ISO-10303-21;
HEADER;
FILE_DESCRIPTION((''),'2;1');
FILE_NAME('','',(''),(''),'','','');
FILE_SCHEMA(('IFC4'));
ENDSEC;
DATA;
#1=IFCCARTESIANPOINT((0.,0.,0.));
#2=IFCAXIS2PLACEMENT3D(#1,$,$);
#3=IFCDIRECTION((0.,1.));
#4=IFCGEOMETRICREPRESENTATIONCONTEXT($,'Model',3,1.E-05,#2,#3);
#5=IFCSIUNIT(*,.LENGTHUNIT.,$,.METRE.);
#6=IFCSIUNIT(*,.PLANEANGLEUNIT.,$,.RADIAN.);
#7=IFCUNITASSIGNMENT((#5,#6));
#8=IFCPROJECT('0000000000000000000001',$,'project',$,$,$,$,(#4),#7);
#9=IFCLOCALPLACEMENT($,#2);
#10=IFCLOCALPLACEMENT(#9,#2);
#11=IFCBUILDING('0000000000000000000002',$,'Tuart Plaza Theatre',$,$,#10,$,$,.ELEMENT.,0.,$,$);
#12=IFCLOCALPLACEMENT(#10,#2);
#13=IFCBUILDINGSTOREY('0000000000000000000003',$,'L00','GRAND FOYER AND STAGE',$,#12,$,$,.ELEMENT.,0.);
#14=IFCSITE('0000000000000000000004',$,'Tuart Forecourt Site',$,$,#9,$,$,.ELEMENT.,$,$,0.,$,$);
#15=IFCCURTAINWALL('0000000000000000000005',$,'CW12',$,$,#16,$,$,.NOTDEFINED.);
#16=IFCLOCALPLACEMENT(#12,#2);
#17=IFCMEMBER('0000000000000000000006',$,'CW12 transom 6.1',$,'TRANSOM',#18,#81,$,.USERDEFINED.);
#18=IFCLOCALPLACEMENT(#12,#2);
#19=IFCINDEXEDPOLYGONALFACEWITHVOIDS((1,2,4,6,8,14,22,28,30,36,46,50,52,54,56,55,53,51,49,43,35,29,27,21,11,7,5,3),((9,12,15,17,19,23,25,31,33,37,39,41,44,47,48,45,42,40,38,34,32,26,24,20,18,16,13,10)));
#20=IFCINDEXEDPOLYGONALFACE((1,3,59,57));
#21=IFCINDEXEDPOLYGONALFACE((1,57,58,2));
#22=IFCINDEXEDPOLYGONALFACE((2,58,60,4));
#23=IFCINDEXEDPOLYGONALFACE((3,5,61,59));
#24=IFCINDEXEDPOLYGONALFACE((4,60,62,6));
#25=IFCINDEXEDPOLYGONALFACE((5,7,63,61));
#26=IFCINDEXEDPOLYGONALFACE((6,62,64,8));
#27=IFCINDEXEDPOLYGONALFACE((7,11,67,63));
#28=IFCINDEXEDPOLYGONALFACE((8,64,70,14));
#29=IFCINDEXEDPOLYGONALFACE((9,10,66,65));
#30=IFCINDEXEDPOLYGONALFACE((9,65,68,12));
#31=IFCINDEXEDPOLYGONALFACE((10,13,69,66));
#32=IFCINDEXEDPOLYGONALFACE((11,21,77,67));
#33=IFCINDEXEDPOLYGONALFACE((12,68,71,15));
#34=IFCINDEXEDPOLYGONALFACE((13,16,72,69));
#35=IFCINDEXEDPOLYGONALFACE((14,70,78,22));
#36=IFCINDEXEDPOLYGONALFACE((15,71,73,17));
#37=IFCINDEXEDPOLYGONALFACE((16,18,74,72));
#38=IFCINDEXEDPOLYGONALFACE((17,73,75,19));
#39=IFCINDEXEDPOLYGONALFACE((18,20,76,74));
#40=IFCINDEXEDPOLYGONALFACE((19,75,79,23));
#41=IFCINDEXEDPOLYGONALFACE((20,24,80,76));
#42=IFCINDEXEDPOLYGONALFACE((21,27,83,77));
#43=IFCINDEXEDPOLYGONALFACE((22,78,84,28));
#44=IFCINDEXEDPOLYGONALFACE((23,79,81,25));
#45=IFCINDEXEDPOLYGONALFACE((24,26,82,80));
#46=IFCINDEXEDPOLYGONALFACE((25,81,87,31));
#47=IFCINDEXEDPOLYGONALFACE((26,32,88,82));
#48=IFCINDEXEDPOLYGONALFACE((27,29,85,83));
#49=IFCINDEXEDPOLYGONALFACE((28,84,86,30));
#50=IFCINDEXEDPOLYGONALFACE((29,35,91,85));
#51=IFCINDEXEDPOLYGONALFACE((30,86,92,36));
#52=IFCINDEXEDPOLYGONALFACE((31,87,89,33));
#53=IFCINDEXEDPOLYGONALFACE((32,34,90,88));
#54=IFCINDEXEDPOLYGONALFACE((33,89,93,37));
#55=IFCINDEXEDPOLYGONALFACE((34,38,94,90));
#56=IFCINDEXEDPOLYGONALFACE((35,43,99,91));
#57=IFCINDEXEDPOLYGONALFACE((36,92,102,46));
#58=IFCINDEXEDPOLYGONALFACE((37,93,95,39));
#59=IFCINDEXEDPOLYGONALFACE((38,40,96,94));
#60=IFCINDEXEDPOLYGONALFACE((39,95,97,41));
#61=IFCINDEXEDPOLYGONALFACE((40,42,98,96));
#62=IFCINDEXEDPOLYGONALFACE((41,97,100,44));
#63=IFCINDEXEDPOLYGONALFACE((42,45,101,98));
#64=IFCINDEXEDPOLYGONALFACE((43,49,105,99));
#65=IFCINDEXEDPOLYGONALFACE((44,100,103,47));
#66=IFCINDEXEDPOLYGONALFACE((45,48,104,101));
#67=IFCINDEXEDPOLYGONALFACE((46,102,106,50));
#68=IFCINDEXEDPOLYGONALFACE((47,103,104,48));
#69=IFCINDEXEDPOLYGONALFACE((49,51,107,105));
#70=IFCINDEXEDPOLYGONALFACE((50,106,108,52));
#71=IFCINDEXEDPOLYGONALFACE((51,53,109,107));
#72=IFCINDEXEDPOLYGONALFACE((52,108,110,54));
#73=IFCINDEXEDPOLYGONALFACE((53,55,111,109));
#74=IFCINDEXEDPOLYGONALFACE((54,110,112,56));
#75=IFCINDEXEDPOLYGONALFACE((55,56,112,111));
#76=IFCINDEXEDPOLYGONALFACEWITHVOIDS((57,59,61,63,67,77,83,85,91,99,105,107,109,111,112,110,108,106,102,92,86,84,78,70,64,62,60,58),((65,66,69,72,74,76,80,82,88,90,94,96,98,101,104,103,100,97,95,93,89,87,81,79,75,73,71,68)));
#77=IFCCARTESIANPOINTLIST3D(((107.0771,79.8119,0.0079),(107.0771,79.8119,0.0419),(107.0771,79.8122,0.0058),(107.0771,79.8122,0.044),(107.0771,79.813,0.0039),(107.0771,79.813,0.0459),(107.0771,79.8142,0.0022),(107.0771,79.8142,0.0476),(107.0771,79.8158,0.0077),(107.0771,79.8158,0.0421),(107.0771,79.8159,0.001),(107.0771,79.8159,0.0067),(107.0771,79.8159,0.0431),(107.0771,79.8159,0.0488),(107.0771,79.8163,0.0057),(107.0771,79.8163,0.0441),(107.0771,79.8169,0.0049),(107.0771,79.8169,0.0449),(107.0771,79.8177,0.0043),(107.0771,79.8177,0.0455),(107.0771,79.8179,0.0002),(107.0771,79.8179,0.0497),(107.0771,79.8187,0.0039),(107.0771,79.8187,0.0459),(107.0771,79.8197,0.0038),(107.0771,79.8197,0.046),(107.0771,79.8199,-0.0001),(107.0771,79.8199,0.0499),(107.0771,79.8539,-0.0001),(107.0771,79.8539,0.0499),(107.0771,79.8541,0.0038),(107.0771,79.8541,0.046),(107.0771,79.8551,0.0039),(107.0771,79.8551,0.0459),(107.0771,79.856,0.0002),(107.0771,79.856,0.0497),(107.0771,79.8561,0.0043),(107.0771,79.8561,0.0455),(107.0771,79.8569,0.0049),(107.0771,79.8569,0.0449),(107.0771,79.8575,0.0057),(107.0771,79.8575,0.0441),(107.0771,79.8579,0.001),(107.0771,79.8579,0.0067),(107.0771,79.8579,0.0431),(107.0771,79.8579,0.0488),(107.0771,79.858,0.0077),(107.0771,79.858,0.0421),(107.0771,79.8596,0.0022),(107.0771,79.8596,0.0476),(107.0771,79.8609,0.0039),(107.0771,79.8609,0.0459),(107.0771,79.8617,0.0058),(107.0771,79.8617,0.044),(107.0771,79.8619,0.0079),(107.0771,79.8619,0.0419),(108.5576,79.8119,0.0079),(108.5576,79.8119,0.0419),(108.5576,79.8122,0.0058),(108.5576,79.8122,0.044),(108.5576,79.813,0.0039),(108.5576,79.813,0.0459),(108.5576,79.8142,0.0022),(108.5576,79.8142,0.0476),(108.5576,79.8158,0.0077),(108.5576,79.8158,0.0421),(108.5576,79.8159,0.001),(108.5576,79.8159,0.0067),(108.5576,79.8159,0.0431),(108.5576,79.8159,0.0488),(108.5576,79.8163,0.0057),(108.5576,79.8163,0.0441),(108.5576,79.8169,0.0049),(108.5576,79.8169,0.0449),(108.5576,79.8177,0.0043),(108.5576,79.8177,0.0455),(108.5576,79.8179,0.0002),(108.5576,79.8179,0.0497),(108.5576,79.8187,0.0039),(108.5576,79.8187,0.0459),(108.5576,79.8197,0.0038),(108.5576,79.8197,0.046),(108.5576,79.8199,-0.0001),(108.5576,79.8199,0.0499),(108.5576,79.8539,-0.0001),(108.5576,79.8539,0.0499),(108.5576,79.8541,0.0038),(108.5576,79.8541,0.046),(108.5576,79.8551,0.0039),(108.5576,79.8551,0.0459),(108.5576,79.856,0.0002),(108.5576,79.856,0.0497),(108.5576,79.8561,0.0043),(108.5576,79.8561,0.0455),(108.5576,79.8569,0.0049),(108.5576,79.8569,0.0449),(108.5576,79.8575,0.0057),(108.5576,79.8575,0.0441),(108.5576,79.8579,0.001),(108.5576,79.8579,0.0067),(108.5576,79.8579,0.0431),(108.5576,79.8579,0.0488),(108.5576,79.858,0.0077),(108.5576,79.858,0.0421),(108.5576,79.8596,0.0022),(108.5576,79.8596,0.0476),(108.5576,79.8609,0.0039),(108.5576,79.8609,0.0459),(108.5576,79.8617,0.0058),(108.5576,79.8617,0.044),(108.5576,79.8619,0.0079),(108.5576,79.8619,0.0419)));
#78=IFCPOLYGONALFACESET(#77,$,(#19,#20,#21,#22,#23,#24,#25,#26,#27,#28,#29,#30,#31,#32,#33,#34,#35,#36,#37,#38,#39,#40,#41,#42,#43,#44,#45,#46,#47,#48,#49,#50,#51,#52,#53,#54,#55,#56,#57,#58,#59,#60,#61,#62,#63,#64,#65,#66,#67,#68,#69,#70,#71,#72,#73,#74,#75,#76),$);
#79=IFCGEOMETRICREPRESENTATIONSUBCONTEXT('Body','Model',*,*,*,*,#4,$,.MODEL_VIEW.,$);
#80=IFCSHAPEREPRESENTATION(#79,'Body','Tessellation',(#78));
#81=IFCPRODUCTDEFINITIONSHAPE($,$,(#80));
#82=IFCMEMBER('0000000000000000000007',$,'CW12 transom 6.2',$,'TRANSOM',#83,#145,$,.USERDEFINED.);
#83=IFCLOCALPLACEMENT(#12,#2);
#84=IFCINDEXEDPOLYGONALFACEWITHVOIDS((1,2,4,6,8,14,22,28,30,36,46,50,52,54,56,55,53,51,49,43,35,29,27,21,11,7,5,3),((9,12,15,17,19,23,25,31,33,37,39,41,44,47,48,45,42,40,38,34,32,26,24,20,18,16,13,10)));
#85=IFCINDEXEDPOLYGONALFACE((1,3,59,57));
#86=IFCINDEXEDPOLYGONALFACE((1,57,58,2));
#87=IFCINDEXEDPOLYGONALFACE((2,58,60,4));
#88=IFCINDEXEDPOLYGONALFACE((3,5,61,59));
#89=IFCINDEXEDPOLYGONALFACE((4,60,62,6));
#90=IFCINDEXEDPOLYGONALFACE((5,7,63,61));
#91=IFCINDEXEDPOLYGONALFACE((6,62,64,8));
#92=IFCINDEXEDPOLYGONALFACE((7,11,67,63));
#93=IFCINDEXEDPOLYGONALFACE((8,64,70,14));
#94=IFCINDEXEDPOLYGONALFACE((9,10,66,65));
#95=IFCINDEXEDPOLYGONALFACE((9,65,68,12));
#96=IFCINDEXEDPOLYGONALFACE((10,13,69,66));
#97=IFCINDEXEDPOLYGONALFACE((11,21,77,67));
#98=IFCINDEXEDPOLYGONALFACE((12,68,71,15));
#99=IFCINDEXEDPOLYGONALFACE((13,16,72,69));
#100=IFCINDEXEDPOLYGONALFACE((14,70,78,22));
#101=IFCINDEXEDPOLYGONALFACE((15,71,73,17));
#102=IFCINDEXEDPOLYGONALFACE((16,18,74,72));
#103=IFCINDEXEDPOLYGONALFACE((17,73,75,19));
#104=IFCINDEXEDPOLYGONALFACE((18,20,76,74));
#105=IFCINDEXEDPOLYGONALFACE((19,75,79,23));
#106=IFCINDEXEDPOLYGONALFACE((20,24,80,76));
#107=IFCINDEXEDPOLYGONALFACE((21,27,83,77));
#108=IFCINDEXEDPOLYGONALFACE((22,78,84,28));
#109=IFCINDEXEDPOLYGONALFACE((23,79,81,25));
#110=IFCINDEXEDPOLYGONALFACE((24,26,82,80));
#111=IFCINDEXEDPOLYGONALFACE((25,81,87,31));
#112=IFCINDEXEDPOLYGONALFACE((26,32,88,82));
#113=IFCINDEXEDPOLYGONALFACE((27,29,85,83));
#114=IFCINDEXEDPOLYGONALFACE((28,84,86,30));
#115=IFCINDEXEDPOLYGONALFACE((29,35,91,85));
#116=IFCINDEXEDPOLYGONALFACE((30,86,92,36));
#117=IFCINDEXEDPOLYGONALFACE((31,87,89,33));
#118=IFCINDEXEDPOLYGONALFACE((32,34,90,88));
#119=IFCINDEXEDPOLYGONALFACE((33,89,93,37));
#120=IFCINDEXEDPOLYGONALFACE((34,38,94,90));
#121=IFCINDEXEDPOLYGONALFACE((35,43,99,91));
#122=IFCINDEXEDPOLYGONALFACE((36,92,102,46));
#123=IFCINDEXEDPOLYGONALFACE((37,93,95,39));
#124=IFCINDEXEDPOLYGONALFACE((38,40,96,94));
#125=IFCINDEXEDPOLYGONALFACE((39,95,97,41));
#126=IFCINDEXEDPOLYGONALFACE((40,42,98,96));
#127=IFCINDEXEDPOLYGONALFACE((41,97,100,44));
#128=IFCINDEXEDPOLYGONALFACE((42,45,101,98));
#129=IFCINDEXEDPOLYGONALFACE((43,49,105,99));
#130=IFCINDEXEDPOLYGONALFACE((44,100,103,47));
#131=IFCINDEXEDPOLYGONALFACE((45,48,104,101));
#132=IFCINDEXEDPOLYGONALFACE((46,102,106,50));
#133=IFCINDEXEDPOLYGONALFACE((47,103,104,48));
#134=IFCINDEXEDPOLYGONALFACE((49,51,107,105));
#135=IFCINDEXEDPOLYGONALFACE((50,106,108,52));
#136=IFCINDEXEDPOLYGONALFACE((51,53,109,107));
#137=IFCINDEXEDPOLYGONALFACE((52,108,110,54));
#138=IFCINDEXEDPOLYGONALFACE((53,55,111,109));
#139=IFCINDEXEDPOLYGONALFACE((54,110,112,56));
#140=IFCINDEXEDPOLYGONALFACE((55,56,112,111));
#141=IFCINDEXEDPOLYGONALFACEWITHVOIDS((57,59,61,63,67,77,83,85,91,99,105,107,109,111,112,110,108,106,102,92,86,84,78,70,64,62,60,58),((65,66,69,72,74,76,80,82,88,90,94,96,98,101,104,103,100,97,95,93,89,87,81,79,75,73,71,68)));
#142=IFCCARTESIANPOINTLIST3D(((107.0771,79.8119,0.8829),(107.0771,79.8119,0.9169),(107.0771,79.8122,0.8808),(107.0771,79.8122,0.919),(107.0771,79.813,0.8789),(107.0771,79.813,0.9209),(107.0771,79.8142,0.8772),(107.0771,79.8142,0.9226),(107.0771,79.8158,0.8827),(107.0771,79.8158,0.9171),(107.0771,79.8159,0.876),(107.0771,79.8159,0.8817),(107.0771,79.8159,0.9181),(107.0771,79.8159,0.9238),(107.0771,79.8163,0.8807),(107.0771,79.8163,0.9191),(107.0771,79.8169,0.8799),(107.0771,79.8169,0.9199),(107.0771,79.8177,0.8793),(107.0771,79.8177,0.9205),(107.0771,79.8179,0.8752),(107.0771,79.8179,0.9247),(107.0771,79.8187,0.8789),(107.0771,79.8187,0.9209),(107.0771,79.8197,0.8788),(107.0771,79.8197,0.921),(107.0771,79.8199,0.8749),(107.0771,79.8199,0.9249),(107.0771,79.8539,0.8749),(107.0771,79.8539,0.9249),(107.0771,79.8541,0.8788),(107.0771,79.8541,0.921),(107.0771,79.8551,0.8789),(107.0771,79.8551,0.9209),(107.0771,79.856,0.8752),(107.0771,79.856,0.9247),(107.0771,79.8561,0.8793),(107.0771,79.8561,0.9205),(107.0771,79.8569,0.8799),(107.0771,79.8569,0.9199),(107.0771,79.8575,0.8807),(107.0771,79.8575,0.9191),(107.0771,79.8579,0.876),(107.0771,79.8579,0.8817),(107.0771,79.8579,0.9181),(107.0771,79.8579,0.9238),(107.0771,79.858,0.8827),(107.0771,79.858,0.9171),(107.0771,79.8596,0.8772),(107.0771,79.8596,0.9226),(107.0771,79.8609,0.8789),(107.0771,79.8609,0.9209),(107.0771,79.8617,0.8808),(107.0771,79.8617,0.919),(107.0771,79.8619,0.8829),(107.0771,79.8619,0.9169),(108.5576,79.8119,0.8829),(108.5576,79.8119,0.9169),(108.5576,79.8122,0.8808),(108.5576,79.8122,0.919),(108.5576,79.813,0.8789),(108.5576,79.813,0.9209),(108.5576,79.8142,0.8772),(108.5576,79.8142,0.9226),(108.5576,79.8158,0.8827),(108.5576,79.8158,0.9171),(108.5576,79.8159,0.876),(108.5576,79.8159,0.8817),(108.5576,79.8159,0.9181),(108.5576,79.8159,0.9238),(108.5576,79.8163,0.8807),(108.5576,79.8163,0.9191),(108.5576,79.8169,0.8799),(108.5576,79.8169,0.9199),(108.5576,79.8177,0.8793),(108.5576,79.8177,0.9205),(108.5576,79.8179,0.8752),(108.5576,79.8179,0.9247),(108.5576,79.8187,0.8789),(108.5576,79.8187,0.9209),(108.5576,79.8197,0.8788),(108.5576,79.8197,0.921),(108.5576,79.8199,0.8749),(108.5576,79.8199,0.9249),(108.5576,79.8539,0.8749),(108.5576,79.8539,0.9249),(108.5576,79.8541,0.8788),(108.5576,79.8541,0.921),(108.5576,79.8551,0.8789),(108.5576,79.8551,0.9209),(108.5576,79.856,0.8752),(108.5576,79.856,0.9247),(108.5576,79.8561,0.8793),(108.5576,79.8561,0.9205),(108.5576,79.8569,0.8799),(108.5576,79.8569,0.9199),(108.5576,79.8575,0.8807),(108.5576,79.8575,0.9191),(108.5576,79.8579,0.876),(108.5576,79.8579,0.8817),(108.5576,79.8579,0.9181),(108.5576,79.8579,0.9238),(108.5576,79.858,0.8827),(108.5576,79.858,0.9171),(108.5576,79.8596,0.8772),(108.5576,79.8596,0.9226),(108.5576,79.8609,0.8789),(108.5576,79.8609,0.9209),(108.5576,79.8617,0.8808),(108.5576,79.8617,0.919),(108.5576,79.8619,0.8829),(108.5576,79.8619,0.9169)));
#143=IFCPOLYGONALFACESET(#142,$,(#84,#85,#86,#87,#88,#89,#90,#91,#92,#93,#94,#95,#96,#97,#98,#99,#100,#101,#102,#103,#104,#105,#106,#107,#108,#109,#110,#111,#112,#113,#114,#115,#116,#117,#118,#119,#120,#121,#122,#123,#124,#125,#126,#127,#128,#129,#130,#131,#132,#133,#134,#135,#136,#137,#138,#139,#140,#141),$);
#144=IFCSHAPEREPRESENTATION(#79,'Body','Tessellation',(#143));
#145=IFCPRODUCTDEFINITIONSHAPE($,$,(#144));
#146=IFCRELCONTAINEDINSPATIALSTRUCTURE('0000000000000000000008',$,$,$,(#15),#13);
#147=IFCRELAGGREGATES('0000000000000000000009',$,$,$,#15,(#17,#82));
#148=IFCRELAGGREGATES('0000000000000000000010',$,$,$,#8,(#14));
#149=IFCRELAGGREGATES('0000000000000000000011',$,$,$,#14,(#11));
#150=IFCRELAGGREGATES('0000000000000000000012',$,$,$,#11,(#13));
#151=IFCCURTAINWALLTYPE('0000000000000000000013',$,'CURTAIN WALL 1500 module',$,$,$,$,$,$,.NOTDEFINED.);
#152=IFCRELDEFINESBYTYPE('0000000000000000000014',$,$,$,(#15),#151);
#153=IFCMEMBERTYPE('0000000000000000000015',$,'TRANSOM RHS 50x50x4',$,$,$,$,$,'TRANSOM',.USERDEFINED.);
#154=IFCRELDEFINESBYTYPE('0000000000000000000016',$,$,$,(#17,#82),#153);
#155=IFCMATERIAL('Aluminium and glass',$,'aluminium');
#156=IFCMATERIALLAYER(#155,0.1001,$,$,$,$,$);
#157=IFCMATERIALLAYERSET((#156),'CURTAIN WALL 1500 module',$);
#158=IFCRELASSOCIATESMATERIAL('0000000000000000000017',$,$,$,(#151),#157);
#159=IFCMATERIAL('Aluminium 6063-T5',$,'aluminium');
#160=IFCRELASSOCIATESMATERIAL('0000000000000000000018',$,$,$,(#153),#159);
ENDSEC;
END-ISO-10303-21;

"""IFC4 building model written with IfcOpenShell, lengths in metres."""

from ifc_helpers import new_model, si_unit, direction, frame, origin, origin_2d, place, context, subcontext, project, spatial, hollow_rectangle, extrude, material, layer, layer_set, material_profile, profile_set, type_object, element, aggregate, save


model = new_model("IFC4")

# Units and contexts
model_context = context("Model", 3, precision=1e-05, world=origin(), true_north=direction((0.0, 1.0)))
body_context = subcontext(model_context, "Body", "Model", "MODEL_VIEW")
ifc_project = project(units=[si_unit("LENGTHUNIT", "METRE"), si_unit("PLANEANGLEUNIT", "RADIAN")], contexts=[model_context])

# Site, building, storey
site_placement = place(None, origin())
site = spatial("IfcSite", under=ifc_project, at=site_placement, Name="Tuart Forecourt Site", CompositionType="ELEMENT", RefElevation=0.0)
building_placement = place(site_placement, origin())
building = spatial("IfcBuilding", under=site, at=building_placement, Name="Tuart Plaza Theatre", CompositionType="ELEMENT", ElevationOfRefHeight=0.0)
storey_placement = place(building_placement, origin())
storey = spatial("IfcBuildingStorey", under=building, at=storey_placement, Name="L00", Description="GRAND FOYER AND STAGE", CompositionType="ELEMENT", Elevation=0.0)

# Curtain wall, members
ifc_material_1 = material(Name="Aluminium and glass", Category="aluminium")
ifc_layer_1 = layer(ifc_material_1, 0.1001)
ifc_layer_set_1 = layer_set([ifc_layer_1], Name="CURTAIN WALL 1500 module")
curtain_wall_type = type_object("IfcCurtainWallType", Name="CURTAIN WALL 1500 module", PredefinedType="NOTDEFINED", material=ifc_layer_set_1)
curtain_wall_placement = place(storey_placement, origin())
curtain_wall = element("IfcCurtainWall", 1, at=curtain_wall_placement, inside=storey, type_object=curtain_wall_type, Name="CW12", PredefinedType="NOTDEFINED")
ifc_material_2 = material(Name="Aluminium 6063-T5", Category="aluminium")
ifc_material_profile_1 = material_profile(ifc_material_2, hollow_rectangle(XDim=0.05, YDim=0.05, WallThickness=0.0039, InnerFilletRadius=0.0039, OuterFilletRadius=0.0081, at=origin_2d()), Name="RHS 50x50x4")
ifc_profile_set_1 = profile_set([ifc_material_profile_1], Name="Aluminium 6063-T5")
member_type_1 = type_object("IfcMemberType", Name="TRANSOM RHS 50x50x4", ElementType="TRANSOM", PredefinedType="USERDEFINED", material=ifc_profile_set_1)
member_1_placement = place(storey_placement, frame((107.0771, 79.8369, 0.0249), z_axis=(1.0, 0.0, 0.0), x_axis=(0.0, 1.0, 0.0)))
member_1 = element("IfcMember", 2, at=member_1_placement, type_object=member_type_1, Name="CW12 transom 6.1", ObjectType="TRANSOM", PredefinedType="USERDEFINED", context=body_context, shape_type="SweptSolid", body=[
    extrude(hollow_rectangle(XDim=0.05, YDim=0.05, WallThickness=0.0039, InnerFilletRadius=0.0039, OuterFilletRadius=0.0081, at=origin_2d()), origin(), (0.0, 0.0, 1.0), 1.4805),
])
member_2_placement = place(storey_placement, frame((107.0771, 79.8369, 0.8999), z_axis=(1.0, 0.0, 0.0), x_axis=(0.0, 1.0, 0.0)))
member_2 = element("IfcMember", 3, at=member_2_placement, type_object=member_type_1, Name="CW12 transom 6.2", ObjectType="TRANSOM", PredefinedType="USERDEFINED", context=body_context, shape_type="SweptSolid", body=[
    extrude(hollow_rectangle(XDim=0.05, YDim=0.05, WallThickness=0.0039, InnerFilletRadius=0.0039, OuterFilletRadius=0.0081, at=origin_2d()), origin(), (0.0, 0.0, 1.0), 1.4805),
])
aggregate(curtain_wall, [member_1, member_2])

save(model, "model.ifc")
